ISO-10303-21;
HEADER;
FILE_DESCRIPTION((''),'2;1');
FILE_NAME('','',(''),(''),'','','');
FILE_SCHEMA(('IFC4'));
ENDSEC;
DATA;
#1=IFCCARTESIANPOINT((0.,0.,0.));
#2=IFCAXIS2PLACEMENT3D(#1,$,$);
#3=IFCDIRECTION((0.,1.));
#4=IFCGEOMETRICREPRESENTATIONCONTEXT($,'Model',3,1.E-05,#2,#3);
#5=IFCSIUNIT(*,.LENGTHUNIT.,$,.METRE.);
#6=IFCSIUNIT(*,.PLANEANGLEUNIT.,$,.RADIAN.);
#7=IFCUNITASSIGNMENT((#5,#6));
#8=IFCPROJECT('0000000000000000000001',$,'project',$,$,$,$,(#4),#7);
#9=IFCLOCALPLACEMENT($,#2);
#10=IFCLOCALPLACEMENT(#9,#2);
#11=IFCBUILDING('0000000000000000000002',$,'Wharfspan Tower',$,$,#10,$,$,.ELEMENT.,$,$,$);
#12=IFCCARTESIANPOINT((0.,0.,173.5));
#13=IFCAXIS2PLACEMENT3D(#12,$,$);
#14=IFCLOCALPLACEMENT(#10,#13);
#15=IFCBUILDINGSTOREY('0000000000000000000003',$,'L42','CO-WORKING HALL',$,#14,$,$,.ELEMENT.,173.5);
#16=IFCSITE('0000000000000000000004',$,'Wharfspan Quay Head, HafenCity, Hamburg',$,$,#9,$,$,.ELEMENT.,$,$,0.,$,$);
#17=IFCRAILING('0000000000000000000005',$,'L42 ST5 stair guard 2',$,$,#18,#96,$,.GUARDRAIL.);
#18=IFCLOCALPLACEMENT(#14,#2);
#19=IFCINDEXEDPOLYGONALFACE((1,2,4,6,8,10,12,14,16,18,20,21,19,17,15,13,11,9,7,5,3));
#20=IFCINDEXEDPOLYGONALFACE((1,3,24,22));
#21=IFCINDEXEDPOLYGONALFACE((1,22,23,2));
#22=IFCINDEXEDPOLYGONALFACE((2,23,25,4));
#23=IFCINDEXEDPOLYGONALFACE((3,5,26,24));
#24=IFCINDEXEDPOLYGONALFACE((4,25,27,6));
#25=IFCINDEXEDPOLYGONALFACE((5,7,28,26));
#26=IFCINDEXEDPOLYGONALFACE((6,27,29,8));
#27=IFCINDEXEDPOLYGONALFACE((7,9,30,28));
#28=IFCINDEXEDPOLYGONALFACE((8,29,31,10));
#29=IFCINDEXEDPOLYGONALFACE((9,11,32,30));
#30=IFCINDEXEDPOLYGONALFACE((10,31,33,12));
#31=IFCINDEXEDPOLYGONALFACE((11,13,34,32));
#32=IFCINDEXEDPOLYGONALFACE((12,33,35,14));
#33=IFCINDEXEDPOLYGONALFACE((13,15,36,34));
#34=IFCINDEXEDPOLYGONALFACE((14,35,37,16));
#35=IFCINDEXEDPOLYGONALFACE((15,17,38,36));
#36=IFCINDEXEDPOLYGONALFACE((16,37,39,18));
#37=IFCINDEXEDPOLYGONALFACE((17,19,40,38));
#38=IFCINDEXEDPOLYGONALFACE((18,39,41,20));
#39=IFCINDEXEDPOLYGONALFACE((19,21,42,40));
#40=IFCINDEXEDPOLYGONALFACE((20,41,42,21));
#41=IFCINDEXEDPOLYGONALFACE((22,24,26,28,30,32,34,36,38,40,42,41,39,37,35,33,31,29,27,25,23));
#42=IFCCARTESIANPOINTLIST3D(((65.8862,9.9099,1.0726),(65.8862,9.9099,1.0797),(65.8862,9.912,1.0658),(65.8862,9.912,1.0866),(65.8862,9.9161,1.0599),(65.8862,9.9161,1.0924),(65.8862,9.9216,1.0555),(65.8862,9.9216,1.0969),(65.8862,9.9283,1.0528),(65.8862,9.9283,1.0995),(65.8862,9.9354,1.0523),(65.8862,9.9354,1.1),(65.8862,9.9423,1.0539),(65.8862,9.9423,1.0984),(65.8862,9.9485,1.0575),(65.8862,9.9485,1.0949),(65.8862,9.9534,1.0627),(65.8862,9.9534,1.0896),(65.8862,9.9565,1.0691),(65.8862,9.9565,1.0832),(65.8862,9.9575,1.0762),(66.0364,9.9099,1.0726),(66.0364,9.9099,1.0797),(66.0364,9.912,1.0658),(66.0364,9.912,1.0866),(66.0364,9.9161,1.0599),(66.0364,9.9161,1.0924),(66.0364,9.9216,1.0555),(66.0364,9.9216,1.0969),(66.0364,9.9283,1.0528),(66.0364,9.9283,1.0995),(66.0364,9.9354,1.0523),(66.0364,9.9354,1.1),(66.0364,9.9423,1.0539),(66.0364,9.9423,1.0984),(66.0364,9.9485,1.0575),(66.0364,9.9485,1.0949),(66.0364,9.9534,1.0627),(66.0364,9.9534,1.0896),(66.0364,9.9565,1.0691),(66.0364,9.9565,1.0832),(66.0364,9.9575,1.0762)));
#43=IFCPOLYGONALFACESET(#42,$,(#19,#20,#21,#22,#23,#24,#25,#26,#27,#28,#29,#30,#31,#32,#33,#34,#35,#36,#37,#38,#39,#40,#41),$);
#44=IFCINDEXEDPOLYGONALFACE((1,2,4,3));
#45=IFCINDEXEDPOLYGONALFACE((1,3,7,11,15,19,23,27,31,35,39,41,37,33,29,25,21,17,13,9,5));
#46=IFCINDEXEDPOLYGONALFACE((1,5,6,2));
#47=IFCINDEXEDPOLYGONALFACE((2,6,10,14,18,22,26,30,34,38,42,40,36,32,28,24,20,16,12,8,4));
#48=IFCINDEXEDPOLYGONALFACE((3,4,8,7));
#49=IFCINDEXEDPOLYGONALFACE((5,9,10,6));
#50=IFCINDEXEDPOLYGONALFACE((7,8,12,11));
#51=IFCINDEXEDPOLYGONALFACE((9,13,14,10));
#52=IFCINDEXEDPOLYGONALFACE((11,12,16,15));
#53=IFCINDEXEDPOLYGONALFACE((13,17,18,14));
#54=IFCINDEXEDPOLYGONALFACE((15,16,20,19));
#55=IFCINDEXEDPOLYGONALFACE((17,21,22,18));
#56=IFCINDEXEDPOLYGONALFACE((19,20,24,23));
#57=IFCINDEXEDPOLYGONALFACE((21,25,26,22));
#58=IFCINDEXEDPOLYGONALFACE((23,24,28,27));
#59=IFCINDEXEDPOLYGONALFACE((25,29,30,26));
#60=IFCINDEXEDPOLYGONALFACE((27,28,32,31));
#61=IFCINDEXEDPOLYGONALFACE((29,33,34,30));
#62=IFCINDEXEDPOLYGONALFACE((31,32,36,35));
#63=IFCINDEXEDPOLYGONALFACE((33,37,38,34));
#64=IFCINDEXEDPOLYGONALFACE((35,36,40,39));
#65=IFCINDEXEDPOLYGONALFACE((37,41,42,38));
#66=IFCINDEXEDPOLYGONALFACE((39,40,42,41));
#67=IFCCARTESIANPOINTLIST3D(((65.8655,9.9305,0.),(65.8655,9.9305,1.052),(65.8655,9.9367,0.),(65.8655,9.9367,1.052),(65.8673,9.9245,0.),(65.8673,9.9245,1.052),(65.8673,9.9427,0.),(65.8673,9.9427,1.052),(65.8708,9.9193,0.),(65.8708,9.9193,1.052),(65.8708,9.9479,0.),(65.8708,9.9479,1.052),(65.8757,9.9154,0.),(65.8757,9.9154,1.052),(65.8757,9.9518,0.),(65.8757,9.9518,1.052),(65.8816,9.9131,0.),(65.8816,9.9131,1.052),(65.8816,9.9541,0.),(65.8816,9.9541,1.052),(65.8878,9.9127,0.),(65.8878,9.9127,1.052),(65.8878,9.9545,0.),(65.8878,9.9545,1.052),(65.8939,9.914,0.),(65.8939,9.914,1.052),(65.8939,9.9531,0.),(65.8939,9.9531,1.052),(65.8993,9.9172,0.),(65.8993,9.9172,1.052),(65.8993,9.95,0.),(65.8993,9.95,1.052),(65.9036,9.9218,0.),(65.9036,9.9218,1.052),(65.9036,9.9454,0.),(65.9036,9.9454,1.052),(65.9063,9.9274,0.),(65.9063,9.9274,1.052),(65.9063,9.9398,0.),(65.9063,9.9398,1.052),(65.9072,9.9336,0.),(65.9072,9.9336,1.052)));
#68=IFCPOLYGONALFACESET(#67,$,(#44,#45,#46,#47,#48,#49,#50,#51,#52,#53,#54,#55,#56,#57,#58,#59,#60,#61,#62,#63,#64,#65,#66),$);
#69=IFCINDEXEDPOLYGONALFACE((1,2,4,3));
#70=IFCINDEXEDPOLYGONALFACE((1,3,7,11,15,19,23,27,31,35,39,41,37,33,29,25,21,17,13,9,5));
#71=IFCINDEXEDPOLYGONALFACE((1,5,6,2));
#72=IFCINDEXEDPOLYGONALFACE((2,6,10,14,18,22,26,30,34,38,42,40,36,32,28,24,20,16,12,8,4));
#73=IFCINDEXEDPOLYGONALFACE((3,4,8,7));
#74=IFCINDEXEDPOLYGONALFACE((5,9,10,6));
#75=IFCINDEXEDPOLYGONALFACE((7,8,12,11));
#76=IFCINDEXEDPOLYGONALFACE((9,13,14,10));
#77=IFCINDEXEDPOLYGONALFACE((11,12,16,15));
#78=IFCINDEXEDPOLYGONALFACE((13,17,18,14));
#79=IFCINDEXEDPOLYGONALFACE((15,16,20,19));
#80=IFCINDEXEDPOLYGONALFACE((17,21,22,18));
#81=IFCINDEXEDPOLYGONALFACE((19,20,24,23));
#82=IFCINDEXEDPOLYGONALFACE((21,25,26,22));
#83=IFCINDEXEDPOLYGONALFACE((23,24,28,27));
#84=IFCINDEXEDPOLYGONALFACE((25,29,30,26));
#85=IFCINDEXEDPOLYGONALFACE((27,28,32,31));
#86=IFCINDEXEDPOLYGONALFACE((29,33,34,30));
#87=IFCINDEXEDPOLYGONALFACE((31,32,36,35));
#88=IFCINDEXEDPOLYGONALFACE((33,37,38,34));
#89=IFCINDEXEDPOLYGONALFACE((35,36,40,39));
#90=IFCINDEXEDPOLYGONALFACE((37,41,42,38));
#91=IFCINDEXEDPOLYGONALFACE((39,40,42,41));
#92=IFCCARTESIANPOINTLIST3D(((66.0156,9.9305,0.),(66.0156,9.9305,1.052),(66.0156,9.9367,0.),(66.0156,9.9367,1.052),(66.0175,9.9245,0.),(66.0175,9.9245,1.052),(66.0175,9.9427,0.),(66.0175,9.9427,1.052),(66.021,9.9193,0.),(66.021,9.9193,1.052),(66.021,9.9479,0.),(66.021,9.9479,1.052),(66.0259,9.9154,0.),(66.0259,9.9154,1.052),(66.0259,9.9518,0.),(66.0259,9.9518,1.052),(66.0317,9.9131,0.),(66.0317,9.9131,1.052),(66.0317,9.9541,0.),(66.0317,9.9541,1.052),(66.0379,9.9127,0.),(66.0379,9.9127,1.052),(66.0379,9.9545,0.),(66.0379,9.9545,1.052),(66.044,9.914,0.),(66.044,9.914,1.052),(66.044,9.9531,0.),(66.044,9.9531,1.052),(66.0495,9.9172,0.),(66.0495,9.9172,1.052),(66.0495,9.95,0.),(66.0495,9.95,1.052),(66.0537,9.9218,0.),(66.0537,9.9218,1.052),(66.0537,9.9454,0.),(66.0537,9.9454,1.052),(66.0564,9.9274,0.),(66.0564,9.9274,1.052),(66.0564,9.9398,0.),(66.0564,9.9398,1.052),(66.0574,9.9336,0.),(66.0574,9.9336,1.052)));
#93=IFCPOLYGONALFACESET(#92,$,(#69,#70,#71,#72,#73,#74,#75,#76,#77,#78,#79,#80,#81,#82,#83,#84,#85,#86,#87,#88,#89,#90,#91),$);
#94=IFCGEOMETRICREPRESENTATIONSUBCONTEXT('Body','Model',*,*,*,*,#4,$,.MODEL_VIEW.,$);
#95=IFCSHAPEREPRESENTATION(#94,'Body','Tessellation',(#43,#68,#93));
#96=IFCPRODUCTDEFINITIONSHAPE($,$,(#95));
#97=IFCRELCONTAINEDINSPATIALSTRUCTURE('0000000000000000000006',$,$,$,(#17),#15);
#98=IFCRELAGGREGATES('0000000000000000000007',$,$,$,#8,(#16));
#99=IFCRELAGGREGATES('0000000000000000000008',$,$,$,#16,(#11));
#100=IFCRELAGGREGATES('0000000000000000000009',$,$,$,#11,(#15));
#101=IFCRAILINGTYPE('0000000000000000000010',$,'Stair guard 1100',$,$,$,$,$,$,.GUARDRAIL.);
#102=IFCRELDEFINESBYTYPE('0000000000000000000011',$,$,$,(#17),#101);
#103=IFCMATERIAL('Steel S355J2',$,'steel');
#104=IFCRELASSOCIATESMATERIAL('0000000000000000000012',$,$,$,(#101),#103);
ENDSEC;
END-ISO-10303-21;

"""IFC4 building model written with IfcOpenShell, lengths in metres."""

from ifc_helpers import new_model, si_unit, direction, frame, origin, origin_2d, place, context, subcontext, project, spatial, circle, extrude, material, type_object, element, save


model = new_model("IFC4")

# Units and contexts
model_context = context("Model", 3, precision=1e-05, world=origin(), true_north=direction((0.0, 1.0)))
body_context = subcontext(model_context, "Body", "Model", "MODEL_VIEW")
ifc_project = project(units=[si_unit("LENGTHUNIT", "METRE"), si_unit("PLANEANGLEUNIT", "RADIAN")], contexts=[model_context])

# Site, building, storey
site_placement = place(None, origin())
site = spatial("IfcSite", under=ifc_project, at=site_placement, Name="Wharfspan Quay Head, HafenCity, Hamburg", CompositionType="ELEMENT", RefElevation=0.0)
building_placement = place(site_placement, origin())
building = spatial("IfcBuilding", under=site, at=building_placement, Name="Wharfspan Tower", CompositionType="ELEMENT")
storey_placement = place(building_placement, frame((0.0, 0.0, 173.5)))
storey = spatial("IfcBuildingStorey", under=building, at=storey_placement, Name="L42", Description="CO-WORKING HALL", CompositionType="ELEMENT", Elevation=173.5)

# Shared definitions
ifc_material_1 = material(Name="Steel S355J2", Category="steel")

# Railing
railing_type_1 = type_object("IfcRailingType", Name="Stair guard 1100", PredefinedType="GUARDRAIL", material=ifc_material_1)
railing_1_placement = place(storey_placement, frame((65.8862, 9.9336, 0.0)))
element("IfcRailing", 1, at=railing_1_placement, inside=storey, type_object=railing_type_1, Name="L42 ST5 stair guard 2", PredefinedType="GUARDRAIL", context=body_context, shape_type="SweptSolid", body=[
    extrude(circle(Radius=0.0239, at=origin_2d()), frame((0.0, 0.0, 1.0762), z_axis=(1.0, 0.0, 0.0), x_axis=(0.0, 1.0, 0.0)), (0.0, 0.0, 1.0), 0.1501),
    extrude(circle(Radius=0.021, at=origin_2d()), origin(), (0.0, 0.0, 1.0), 1.052),
    extrude(circle(Radius=0.021, at=origin_2d()), frame((0.1501, 0.0, 0.0)), (0.0, 0.0, 1.0), 1.052),
])

save(model, "model.ifc")
